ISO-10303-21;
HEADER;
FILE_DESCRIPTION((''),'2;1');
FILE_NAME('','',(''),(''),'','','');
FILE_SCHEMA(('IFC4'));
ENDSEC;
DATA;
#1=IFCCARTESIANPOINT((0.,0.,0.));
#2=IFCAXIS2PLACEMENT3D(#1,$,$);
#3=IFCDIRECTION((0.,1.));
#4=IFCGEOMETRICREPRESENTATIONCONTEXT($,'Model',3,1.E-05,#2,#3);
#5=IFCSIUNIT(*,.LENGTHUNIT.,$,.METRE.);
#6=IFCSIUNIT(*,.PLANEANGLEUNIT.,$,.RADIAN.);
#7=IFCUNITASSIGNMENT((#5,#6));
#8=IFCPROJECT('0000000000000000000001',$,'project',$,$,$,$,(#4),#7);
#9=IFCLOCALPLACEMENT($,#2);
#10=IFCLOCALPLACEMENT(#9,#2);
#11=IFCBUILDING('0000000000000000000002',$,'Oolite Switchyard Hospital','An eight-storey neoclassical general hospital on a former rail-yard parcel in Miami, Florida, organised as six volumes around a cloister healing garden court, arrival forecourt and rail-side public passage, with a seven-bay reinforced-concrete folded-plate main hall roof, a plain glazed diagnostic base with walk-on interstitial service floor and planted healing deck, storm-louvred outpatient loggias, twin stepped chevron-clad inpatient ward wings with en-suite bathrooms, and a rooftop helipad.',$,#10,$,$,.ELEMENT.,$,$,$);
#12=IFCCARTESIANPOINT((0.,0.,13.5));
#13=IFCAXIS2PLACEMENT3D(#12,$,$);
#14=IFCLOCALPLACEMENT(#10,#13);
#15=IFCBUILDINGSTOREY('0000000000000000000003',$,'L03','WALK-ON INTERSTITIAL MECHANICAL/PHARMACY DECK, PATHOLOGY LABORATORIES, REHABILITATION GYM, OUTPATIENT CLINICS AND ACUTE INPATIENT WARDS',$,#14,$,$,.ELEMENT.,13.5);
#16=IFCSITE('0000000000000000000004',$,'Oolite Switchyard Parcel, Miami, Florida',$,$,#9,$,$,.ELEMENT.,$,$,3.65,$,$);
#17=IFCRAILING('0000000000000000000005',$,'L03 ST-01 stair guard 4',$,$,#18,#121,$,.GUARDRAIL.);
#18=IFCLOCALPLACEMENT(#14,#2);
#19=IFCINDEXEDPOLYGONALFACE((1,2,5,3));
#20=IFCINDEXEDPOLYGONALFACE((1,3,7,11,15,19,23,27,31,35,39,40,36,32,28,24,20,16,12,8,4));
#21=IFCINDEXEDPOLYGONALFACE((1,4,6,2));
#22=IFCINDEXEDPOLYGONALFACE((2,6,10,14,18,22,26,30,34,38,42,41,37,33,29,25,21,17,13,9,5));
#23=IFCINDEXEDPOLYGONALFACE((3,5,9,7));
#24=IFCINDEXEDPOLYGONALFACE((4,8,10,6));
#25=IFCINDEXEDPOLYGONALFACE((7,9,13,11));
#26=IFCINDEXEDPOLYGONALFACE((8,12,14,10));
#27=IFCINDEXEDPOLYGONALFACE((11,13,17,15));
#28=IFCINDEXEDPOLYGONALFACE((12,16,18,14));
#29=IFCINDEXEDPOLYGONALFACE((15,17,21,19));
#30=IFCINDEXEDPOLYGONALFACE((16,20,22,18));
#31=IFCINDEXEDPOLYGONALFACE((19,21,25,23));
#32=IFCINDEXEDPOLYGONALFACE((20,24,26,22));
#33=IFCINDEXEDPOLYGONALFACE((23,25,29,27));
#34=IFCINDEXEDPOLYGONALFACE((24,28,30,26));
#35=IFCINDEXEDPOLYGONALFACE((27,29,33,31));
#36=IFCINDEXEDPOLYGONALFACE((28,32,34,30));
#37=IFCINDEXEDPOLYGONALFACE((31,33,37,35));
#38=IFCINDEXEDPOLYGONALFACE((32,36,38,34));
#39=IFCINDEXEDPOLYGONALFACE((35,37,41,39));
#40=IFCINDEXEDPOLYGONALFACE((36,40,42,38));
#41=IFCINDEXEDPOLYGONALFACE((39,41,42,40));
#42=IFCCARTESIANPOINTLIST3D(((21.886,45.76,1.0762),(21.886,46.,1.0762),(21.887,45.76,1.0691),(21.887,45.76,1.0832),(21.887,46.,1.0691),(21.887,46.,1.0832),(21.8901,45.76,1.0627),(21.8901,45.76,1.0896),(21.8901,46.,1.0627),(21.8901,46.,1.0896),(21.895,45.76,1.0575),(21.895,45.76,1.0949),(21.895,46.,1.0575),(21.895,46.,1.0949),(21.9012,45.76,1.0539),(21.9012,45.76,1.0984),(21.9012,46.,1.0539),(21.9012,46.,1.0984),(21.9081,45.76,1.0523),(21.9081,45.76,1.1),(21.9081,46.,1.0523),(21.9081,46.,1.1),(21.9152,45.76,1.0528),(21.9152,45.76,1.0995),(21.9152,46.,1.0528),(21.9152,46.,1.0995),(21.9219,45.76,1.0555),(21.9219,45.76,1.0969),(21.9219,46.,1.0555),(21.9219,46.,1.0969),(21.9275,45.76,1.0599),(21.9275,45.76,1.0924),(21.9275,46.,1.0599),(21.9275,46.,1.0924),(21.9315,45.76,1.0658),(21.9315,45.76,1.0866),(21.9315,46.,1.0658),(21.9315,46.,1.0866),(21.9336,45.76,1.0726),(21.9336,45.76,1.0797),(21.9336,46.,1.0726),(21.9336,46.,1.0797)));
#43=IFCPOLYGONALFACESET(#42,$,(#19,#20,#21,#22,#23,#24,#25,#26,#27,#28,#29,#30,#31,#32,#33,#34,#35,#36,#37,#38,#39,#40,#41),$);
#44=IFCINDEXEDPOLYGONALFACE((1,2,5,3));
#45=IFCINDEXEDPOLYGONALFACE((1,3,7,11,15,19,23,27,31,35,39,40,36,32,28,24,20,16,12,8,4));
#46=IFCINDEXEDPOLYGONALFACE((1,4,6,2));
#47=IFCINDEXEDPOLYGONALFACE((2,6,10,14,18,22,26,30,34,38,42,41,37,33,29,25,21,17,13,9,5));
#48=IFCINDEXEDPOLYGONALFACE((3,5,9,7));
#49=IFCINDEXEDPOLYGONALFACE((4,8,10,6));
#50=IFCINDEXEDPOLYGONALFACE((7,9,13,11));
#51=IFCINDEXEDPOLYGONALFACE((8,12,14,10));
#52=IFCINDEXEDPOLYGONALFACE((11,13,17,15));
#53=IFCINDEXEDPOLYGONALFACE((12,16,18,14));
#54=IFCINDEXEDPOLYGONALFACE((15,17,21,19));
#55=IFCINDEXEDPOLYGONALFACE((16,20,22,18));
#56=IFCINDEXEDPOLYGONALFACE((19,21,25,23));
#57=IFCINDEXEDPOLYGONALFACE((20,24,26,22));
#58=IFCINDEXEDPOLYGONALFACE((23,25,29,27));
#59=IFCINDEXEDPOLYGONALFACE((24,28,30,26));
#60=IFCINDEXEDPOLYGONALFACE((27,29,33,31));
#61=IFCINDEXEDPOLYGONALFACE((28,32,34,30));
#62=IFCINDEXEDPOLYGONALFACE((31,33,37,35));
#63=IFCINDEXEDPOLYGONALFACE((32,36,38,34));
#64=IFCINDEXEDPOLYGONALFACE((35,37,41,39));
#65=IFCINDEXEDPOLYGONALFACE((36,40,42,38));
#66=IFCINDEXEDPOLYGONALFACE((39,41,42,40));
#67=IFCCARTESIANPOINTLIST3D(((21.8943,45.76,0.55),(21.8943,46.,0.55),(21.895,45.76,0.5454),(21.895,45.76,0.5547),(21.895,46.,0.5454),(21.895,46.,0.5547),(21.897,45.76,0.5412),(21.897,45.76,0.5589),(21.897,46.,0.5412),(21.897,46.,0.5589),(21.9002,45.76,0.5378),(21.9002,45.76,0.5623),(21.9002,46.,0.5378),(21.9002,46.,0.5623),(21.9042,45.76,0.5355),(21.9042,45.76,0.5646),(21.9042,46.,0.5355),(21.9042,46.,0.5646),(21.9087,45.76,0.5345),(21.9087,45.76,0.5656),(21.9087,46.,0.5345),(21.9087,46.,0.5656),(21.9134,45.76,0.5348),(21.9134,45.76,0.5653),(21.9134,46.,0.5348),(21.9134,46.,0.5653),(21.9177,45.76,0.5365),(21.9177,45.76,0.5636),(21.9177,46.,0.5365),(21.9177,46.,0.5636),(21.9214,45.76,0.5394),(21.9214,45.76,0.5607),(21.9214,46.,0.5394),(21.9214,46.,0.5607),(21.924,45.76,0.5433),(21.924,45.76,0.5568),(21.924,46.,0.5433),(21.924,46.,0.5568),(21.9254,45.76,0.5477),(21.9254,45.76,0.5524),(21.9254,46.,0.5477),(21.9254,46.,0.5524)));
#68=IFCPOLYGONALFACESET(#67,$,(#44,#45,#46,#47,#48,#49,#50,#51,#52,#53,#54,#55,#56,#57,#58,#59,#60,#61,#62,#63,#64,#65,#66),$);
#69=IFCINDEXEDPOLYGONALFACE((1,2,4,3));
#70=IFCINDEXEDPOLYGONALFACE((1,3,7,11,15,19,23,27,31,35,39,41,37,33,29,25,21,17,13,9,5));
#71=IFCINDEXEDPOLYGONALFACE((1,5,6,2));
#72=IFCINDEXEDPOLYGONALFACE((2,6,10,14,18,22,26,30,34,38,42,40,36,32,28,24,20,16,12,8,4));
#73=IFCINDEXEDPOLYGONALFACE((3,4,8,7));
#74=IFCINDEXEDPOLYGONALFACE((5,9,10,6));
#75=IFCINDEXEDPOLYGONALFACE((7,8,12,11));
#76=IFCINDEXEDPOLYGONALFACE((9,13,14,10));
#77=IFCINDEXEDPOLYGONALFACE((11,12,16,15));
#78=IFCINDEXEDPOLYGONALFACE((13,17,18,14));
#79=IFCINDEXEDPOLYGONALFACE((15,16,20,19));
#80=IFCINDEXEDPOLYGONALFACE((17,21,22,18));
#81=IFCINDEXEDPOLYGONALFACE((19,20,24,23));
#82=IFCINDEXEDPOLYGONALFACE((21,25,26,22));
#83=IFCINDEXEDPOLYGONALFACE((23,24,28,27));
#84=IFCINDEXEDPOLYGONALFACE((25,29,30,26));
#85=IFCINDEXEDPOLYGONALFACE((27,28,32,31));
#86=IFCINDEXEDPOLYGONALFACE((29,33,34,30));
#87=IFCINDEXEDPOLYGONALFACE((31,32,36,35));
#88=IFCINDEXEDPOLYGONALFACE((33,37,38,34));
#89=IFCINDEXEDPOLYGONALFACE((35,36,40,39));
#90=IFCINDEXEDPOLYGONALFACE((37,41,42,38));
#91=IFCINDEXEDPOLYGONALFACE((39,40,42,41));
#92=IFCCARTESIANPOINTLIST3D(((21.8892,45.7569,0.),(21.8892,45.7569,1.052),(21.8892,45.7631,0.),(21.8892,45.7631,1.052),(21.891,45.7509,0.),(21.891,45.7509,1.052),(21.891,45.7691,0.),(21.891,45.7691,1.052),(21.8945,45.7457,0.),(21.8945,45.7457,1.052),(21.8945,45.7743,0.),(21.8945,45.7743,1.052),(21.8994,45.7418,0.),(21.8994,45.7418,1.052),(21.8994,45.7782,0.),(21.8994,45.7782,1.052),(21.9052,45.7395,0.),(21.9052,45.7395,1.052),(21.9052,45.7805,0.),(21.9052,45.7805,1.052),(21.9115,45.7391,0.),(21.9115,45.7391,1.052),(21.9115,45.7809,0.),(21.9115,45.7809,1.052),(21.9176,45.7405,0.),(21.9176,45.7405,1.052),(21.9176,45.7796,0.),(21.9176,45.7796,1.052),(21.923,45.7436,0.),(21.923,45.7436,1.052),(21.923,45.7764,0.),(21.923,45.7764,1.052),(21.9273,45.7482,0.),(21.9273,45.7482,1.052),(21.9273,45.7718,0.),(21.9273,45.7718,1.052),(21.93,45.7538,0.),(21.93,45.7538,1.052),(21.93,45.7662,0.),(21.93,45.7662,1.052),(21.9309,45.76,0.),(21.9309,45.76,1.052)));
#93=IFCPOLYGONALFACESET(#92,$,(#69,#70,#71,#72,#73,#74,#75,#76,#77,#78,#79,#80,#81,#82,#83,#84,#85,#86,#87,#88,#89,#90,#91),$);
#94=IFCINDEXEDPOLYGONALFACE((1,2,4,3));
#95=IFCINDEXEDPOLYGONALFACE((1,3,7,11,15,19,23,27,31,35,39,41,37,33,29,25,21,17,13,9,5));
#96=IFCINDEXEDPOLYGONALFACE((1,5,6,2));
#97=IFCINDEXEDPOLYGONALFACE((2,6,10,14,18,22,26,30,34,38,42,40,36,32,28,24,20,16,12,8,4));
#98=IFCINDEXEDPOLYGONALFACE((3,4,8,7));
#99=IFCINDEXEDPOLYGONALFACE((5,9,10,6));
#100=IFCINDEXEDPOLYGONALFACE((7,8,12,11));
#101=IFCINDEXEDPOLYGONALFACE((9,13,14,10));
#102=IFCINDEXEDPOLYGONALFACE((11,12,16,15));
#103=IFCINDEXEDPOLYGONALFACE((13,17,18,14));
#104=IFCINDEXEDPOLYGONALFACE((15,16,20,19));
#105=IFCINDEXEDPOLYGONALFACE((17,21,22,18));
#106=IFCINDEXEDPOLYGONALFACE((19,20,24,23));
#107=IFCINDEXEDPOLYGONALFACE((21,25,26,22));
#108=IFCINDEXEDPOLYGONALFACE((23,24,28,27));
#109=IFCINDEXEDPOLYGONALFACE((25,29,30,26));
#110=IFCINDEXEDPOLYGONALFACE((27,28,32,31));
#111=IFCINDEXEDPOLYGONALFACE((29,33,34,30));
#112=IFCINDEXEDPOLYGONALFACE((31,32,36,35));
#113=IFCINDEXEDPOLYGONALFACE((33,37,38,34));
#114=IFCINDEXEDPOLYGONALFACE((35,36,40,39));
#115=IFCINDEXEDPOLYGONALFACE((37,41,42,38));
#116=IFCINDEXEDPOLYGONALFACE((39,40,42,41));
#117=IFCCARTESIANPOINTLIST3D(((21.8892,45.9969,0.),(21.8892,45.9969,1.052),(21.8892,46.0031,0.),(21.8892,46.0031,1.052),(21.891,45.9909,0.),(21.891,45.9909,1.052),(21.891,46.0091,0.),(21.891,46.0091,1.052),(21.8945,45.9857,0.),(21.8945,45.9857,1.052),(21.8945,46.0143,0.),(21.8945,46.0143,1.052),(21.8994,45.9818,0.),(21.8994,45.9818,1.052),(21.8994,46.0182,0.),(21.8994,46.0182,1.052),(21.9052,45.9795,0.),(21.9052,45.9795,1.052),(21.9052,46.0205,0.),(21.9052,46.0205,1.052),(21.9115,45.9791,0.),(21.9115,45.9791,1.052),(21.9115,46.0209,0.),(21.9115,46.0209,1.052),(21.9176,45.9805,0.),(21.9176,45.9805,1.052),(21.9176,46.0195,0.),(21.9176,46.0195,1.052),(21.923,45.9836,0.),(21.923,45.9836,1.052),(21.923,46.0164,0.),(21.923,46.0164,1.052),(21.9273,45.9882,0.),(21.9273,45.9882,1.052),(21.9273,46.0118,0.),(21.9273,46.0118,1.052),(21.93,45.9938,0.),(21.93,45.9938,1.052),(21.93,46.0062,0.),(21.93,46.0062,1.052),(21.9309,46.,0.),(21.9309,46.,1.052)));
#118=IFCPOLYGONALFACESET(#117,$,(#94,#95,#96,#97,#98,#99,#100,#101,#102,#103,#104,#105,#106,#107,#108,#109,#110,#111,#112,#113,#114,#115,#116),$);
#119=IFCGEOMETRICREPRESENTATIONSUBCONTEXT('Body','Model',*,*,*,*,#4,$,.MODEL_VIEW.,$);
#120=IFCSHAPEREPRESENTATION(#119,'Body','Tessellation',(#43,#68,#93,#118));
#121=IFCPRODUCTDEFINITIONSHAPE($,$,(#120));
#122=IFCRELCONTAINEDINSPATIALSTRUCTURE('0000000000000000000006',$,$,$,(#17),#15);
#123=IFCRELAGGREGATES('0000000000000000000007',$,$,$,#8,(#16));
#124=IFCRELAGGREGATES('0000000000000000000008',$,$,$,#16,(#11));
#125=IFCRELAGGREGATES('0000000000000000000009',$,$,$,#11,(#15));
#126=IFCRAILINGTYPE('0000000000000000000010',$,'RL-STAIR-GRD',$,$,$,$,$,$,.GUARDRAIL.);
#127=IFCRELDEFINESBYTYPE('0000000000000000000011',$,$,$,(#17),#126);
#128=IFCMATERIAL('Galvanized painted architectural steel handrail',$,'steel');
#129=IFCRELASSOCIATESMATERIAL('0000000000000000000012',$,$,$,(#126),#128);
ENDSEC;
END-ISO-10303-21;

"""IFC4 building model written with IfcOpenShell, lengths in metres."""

from ifc_helpers import new_model, si_unit, direction, frame, origin, origin_2d, place, context, subcontext, project, spatial, circle, extrude, material, type_object, element, save


model = new_model("IFC4")

# Units and contexts
model_context = context("Model", 3, precision=1e-05, world=origin(), true_north=direction((0.0, 1.0)))
body_context = subcontext(model_context, "Body", "Model", "MODEL_VIEW")
ifc_project = project(units=[si_unit("LENGTHUNIT", "METRE"), si_unit("PLANEANGLEUNIT", "RADIAN")], contexts=[model_context])

# Site, building, storey
site_placement = place(None, origin())
site = spatial("IfcSite", under=ifc_project, at=site_placement, Name="Oolite Switchyard Parcel, Miami, Florida", CompositionType="ELEMENT", RefElevation=3.65)
building_placement = place(site_placement, origin())
building = spatial("IfcBuilding", under=site, at=building_placement, Name="Oolite Switchyard Hospital", Description="An eight-storey neoclassical general hospital on a former rail-yard parcel in Miami, Florida, organised as six volumes around a cloister healing garden court, arrival forecourt and rail-side public passage, with a seven-bay reinforced-concrete folded-plate main hall roof, a plain glazed diagnostic base with walk-on interstitial service floor and planted healing deck, storm-louvred outpatient loggias, twin stepped chevron-clad inpatient ward wings with en-suite bathrooms, and a rooftop helipad.", CompositionType="ELEMENT")
storey_placement = place(building_placement, frame((0.0, 0.0, 13.5)))
storey = spatial("IfcBuildingStorey", under=building, at=storey_placement, Name="L03", Description="WALK-ON INTERSTITIAL MECHANICAL/PHARMACY DECK, PATHOLOGY LABORATORIES, REHABILITATION GYM, OUTPATIENT CLINICS AND ACUTE INPATIENT WARDS", CompositionType="ELEMENT", Elevation=13.5)

# Railing
ifc_material_1 = material(Name="Galvanized painted architectural steel handrail", Category="steel")
railing_type_1 = type_object("IfcRailingType", Name="RL-STAIR-GRD", PredefinedType="GUARDRAIL", material=ifc_material_1)
railing_1_placement = place(storey_placement, frame((21.9099, 45.76, 0.0)))
element("IfcRailing", 1, at=railing_1_placement, inside=storey, type_object=railing_type_1, Name="L03 ST-01 stair guard 4", PredefinedType="GUARDRAIL", context=body_context, shape_type="SweptSolid", body=[
    extrude(circle(Radius=0.0239, at=origin_2d()), frame((0.0, 0.0, 1.0762), z_axis=(0.0, 1.0, 0.0), x_axis=(-1.0, 0.0, 0.0)), (0.0, 0.0, 1.0), 0.24),
    extrude(circle(Radius=0.0156, at=origin_2d()), frame((0.0, 0.0, 0.55), z_axis=(0.0, 1.0, 0.0), x_axis=(-1.0, 0.0, 0.0)), (0.0, 0.0, 1.0), 0.24),
    extrude(circle(Radius=0.021, at=origin_2d()), origin(), (0.0, 0.0, 1.0), 1.052),
    extrude(circle(Radius=0.021, at=origin_2d()), frame((0.0, 0.24, 0.0)), (0.0, 0.0, 1.0), 1.052),
])

save(model, "model.ifc")
